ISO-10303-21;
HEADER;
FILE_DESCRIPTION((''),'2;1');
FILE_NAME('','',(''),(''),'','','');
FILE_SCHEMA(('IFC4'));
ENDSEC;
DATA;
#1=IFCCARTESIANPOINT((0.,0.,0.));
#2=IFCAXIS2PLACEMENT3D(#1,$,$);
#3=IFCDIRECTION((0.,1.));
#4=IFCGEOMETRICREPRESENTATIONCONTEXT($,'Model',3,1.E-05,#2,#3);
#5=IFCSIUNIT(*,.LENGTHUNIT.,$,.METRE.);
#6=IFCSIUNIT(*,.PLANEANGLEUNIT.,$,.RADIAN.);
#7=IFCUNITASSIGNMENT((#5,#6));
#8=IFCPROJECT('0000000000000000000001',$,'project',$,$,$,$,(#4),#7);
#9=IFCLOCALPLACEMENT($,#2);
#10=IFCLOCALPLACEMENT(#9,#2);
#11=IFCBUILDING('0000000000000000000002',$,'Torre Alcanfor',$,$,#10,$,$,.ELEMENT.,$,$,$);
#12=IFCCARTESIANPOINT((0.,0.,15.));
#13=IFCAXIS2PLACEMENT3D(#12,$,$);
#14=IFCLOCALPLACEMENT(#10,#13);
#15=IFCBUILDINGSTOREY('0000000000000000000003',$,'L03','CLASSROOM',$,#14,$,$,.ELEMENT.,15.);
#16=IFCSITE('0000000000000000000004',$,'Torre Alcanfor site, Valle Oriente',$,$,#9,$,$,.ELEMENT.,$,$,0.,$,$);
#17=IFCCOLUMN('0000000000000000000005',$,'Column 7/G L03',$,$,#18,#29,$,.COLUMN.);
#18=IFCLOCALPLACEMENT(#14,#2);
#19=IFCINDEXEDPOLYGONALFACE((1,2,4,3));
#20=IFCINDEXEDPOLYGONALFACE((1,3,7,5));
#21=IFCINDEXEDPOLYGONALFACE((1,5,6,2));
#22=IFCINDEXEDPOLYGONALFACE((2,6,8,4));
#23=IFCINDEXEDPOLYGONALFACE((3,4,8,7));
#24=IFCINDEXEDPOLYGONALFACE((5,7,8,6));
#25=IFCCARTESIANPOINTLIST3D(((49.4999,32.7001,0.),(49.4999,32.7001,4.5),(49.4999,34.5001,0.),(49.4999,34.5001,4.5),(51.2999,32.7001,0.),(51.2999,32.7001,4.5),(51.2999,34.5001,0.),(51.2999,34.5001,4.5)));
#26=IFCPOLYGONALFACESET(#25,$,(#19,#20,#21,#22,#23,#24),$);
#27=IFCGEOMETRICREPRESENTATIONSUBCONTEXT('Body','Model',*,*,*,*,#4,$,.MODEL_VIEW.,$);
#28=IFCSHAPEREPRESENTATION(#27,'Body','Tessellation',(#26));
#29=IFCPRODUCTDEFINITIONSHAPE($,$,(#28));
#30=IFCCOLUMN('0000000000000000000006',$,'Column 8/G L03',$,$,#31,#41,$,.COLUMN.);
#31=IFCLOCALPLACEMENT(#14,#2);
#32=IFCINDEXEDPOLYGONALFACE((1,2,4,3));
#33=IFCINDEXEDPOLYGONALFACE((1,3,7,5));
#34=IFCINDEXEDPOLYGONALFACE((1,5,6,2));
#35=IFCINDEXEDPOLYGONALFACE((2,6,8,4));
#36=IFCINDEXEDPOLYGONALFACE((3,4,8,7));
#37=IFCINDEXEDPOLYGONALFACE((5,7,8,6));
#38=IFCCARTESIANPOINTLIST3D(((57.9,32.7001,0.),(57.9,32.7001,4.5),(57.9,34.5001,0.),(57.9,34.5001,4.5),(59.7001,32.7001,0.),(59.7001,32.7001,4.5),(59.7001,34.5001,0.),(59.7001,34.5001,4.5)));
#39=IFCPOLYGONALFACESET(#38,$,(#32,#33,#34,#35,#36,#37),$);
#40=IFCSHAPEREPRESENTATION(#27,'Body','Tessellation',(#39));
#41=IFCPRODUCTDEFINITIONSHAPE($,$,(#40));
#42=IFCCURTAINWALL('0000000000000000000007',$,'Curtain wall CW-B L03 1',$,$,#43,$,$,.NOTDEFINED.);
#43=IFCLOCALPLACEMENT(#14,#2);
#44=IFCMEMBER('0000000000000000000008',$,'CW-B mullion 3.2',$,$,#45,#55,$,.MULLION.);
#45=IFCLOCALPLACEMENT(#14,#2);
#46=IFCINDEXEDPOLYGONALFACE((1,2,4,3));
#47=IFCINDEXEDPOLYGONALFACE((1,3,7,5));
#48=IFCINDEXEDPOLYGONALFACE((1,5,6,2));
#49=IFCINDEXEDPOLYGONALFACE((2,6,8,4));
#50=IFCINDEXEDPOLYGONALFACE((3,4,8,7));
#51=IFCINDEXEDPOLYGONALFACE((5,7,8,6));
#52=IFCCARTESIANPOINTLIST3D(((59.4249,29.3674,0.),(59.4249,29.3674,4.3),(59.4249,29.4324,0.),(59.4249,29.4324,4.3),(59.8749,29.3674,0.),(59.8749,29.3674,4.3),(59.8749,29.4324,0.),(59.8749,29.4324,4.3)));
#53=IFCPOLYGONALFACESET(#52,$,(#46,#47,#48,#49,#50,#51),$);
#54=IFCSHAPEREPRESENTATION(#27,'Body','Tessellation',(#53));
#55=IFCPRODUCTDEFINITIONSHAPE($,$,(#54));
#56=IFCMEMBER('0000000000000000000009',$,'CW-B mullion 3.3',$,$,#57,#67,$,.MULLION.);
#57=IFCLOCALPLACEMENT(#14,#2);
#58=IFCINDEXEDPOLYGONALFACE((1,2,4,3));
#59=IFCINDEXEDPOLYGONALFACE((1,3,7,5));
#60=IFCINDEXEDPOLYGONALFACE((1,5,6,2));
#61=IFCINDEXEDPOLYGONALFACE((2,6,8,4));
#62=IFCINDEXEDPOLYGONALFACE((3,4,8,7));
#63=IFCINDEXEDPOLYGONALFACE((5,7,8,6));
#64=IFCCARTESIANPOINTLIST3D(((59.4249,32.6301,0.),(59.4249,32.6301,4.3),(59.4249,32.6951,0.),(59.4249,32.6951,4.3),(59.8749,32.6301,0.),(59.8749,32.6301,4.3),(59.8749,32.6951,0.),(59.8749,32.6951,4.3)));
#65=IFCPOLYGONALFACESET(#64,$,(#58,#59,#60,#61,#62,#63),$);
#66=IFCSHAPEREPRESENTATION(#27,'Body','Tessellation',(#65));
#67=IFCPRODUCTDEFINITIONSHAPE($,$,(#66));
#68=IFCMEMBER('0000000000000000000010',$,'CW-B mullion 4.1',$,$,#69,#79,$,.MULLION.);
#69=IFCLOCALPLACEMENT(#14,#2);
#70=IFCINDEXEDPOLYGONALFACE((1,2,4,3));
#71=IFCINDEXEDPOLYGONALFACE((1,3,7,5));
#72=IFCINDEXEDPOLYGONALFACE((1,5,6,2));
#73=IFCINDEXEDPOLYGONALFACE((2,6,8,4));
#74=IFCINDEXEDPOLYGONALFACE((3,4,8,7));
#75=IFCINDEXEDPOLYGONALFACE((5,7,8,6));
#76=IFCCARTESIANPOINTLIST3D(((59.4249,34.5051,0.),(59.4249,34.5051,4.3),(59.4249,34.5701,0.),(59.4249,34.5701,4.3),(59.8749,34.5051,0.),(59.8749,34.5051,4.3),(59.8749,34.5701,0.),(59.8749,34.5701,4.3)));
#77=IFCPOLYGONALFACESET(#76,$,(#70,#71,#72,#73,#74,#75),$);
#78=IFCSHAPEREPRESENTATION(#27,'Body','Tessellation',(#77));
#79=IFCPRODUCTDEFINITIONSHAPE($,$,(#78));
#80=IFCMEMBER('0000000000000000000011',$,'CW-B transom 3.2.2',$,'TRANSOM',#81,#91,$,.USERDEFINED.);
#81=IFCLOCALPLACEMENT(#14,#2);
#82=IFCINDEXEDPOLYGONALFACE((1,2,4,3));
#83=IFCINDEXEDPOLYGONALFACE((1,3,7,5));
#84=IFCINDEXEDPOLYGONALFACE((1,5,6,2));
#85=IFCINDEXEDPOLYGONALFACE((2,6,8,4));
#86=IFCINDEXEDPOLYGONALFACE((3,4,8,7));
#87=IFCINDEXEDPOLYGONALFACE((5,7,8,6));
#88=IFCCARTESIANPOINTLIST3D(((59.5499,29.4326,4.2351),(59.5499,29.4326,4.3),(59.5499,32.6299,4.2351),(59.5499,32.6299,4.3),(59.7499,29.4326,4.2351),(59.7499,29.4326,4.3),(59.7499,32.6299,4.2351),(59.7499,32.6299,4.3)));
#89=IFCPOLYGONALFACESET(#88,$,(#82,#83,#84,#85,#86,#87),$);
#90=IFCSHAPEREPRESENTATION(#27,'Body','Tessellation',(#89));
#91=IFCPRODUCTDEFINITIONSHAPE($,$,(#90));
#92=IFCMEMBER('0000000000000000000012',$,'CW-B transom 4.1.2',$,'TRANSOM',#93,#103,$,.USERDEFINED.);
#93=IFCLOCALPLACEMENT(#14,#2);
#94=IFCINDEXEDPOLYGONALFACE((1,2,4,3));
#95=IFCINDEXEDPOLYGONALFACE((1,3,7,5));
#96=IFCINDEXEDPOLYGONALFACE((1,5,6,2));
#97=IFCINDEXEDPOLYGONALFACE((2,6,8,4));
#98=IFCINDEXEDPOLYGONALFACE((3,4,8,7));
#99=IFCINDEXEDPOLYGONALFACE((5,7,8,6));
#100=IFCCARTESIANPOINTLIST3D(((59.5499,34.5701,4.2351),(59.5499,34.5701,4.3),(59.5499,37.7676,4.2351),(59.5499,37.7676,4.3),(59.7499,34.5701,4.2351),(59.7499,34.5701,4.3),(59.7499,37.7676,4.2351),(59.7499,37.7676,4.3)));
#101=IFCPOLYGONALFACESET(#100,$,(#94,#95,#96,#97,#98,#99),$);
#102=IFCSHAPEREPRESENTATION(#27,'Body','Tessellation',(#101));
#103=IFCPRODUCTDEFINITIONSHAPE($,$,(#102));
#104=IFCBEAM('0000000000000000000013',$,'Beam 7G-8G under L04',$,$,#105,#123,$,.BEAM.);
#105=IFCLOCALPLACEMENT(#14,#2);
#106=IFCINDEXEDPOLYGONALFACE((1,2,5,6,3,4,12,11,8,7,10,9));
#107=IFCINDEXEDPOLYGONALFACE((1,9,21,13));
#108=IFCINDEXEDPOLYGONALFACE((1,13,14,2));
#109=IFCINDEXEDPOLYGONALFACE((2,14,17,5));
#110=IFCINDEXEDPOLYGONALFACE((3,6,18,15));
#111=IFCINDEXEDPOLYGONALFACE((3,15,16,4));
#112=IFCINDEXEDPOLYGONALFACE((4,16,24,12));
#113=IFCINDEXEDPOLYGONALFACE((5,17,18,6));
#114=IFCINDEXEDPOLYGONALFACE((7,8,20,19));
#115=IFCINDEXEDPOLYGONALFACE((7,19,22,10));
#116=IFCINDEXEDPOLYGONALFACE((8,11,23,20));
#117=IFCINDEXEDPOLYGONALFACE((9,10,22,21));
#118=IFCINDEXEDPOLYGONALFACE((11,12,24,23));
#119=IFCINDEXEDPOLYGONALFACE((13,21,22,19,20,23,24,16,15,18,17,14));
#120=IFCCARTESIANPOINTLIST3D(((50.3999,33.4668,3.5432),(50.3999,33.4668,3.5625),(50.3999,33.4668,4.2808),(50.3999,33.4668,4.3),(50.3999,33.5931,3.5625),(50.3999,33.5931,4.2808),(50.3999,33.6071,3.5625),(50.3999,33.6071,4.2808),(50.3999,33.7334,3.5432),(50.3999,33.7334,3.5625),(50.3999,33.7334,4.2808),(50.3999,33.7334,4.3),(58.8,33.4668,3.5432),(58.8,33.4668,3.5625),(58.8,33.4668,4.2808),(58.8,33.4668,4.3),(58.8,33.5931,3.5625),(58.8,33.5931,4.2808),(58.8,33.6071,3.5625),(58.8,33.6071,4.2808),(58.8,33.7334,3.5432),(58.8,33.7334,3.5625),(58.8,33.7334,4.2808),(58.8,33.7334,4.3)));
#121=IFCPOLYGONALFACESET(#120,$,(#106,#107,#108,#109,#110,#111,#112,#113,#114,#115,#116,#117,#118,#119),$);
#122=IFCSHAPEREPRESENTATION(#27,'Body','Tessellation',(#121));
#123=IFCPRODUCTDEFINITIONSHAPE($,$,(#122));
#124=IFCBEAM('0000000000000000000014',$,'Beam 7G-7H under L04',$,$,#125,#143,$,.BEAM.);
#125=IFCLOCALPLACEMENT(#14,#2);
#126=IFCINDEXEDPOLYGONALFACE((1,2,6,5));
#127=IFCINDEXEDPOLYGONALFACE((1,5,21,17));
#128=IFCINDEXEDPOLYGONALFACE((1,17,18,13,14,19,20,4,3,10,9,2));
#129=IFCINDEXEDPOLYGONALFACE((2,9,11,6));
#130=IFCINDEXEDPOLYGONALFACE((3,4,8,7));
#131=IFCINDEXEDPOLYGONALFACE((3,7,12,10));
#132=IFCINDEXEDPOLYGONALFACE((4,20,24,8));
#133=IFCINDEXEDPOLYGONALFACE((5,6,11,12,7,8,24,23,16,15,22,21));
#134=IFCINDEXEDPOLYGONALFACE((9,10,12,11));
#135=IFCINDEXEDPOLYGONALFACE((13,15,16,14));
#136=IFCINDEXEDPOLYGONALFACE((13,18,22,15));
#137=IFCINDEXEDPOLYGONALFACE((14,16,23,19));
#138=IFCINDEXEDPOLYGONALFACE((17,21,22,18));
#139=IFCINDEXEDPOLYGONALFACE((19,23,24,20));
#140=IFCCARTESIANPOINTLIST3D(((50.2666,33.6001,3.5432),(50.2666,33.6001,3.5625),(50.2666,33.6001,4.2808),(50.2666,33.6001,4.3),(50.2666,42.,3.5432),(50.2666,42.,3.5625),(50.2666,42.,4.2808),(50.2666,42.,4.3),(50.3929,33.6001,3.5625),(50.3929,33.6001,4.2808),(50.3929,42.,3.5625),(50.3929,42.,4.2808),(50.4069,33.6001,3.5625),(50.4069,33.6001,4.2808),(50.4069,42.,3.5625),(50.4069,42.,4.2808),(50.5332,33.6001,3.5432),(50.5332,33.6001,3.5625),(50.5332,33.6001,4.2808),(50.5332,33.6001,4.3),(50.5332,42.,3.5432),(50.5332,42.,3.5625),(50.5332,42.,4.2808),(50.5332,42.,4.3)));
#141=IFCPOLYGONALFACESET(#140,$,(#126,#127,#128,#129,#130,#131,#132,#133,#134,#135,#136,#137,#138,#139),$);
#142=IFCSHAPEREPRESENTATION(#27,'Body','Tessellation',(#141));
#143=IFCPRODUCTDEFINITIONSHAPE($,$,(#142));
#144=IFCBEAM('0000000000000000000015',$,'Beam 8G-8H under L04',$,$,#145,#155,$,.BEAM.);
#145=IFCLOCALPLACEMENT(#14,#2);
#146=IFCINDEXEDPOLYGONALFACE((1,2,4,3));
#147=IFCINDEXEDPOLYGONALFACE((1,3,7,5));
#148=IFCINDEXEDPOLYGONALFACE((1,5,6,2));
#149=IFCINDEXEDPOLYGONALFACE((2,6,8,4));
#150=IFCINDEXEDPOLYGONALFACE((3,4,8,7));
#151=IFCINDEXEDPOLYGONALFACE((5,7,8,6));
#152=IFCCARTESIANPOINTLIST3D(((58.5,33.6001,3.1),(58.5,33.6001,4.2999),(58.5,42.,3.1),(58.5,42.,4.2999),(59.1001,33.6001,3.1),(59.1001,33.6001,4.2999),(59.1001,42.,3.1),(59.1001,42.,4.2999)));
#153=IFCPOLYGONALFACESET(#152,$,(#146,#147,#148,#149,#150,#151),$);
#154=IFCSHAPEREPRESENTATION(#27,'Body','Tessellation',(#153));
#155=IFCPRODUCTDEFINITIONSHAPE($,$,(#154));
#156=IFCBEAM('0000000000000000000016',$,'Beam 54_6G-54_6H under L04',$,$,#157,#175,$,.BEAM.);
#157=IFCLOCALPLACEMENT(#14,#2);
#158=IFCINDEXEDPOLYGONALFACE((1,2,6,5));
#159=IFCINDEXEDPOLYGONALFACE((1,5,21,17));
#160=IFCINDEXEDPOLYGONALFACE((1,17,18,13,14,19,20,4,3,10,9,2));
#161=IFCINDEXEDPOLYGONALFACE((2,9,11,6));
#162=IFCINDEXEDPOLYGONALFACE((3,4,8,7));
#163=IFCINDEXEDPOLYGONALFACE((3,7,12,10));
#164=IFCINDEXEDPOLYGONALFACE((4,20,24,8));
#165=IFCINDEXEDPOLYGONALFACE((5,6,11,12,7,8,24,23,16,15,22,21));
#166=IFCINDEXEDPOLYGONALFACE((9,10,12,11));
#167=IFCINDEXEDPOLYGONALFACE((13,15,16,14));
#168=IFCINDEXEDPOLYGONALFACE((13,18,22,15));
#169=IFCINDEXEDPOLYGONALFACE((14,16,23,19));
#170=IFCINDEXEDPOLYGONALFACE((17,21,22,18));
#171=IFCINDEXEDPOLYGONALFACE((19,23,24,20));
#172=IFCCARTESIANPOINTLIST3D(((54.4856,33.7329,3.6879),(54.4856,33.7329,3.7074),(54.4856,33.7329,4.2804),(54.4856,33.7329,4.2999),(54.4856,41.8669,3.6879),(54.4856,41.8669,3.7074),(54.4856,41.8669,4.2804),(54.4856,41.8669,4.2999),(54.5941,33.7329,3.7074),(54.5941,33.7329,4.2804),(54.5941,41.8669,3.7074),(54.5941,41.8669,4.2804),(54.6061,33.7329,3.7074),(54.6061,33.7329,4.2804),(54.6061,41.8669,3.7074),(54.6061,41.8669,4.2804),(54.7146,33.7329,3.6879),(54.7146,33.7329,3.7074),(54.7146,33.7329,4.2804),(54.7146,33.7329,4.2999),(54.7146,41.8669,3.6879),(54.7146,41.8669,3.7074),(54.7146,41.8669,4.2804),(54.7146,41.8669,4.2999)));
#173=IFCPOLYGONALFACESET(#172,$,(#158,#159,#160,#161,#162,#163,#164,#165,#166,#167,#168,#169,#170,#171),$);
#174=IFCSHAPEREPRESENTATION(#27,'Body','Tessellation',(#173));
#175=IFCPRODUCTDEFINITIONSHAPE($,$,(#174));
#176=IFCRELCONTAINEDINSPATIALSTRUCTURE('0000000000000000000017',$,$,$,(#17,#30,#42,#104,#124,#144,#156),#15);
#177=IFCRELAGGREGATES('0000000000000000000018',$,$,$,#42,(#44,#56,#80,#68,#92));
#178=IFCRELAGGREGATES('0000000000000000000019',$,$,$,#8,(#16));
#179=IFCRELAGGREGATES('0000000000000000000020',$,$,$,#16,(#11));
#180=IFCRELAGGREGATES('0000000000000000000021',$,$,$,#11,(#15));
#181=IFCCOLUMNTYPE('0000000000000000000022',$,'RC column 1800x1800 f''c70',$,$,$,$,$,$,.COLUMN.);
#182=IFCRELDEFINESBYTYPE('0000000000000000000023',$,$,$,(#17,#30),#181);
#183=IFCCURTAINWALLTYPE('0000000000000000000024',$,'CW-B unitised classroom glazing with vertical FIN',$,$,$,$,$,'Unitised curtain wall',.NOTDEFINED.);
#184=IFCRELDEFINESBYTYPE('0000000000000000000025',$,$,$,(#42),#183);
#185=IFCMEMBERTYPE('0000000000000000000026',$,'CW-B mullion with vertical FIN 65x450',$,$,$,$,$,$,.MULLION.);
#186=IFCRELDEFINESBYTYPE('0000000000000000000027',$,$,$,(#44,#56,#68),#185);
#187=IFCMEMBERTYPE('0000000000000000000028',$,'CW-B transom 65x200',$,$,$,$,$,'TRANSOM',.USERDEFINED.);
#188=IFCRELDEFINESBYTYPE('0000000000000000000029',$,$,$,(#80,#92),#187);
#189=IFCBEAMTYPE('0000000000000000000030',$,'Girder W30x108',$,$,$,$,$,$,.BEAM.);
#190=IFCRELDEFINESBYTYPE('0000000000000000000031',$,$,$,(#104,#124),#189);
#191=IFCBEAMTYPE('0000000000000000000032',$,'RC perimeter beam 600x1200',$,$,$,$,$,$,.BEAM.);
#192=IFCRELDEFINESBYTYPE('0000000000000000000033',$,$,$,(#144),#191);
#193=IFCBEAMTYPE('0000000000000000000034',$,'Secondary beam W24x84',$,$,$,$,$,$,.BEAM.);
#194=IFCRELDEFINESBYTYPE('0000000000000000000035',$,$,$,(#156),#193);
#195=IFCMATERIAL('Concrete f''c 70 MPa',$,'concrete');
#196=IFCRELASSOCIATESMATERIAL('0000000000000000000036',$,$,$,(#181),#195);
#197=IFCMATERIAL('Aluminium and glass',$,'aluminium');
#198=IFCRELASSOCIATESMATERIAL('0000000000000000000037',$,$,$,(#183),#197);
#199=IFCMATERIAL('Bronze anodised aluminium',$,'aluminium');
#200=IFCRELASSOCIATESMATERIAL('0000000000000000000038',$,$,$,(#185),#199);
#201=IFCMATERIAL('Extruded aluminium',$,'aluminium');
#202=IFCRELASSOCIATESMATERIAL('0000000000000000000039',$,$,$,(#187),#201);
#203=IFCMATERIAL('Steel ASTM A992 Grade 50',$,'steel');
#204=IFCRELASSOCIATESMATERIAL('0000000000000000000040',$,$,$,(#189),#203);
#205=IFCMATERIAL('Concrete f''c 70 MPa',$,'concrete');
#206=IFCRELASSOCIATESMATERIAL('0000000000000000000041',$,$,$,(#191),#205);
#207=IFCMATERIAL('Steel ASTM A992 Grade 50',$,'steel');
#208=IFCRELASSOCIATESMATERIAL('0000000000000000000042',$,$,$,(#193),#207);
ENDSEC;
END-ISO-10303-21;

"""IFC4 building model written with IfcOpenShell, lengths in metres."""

from ifc_helpers import new_model, si_unit, direction, frame, origin, origin_2d, place, context, subcontext, project, spatial, rectangle, i_section, extrude, material, material_profile, profile_set, type_object, element, aggregate, save


model = new_model("IFC4")

# Units and contexts
model_context = context("Model", 3, precision=1e-05, world=origin(), true_north=direction((0.0, 1.0)))
body_context = subcontext(model_context, "Body", "Model", "MODEL_VIEW")
ifc_project = project(units=[si_unit("LENGTHUNIT", "METRE"), si_unit("PLANEANGLEUNIT", "RADIAN")], contexts=[model_context])

# Site, building, storey
site_placement = place(None, origin())
site = spatial("IfcSite", under=ifc_project, at=site_placement, Name="Torre Alcanfor site, Valle Oriente", CompositionType="ELEMENT", RefElevation=0.0)
building_placement = place(site_placement, origin())
building = spatial("IfcBuilding", under=site, at=building_placement, Name="Torre Alcanfor", CompositionType="ELEMENT")
storey_placement = place(building_placement, frame((0.0, 0.0, 15.0)))
storey = spatial("IfcBuildingStorey", under=building, at=storey_placement, Name="L03", Description="CLASSROOM", CompositionType="ELEMENT", Elevation=15.0)

# Columns
ifc_material_1 = material(Name="Concrete f'c 70 MPa", Category="concrete")
ifc_material_profile_1 = material_profile(ifc_material_1, rectangle(XDim=1.8, YDim=1.8, at=origin_2d()), Name="1800x1800")
ifc_profile_set_1 = profile_set([ifc_material_profile_1], Name="Concrete f'c 70 MPa")
column_type = type_object("IfcColumnType", Name="RC column 1800x1800 f'c70", PredefinedType="COLUMN", material=ifc_profile_set_1)
for number, where, z_axis, x_axis, name in (
    (1, (50.3999, 33.6001, 0.0), (0.0, 0.0, 1.0), (1.0, 0.0, 0.0), "Column 7/G L03"),
    (2, (58.8, 33.6001, 0.0), (0.0, 0.0, 1.0), (1.0, 0.0, 0.0), "Column 8/G L03"),
):
    element("IfcColumn", number, at=place(storey_placement, frame(where, z_axis=z_axis, x_axis=x_axis)), inside=storey, type_object=column_type, Name=name, PredefinedType="COLUMN", context=body_context, shape_type="SweptSolid", body=[
        extrude(rectangle(XDim=1.8, YDim=1.8, at=origin_2d()), origin(), (0.0, 0.0, 1.0), 4.5),
    ])

# Curtain wall, members
ifc_material_2 = material(Name="Aluminium and glass", Category="aluminium")
curtain_wall_type = type_object("IfcCurtainWallType", Name="CW-B unitised classroom glazing with vertical FIN", ElementType="Unitised curtain wall", PredefinedType="NOTDEFINED", material=ifc_material_2)
curtain_wall_placement = place(storey_placement, origin())
curtain_wall = element("IfcCurtainWall", 3, at=curtain_wall_placement, inside=storey, type_object=curtain_wall_type, Name="Curtain wall CW-B L03 1", PredefinedType="NOTDEFINED")
ifc_material_3 = material(Name="Bronze anodised aluminium", Category="aluminium")
ifc_material_profile_2 = material_profile(ifc_material_3, rectangle(XDim=0.45, YDim=0.0649, at=origin_2d()), Name="CW-B mullion 65x450")
ifc_profile_set_2 = profile_set([ifc_material_profile_2], Name="Bronze anodised aluminium")
member_type_1 = type_object("IfcMemberType", Name="CW-B mullion with vertical FIN 65x450", PredefinedType="MULLION", material=ifc_profile_set_2)
member_1_placement = place(storey_placement, frame((59.6499, 29.3999, 0.0), z_axis=(0.0, 0.0, 1.0), x_axis=(-1.0, 0.0, 0.0)))
member_1 = element("IfcMember", 4, at=member_1_placement, type_object=member_type_1, Name="CW-B mullion 3.2", PredefinedType="MULLION", context=body_context, shape_type="SweptSolid", body=[
    extrude(rectangle(XDim=0.45, YDim=0.0649, at=origin_2d()), origin(), (0.0, 0.0, 1.0), 4.3),
])
member_2_placement = place(storey_placement, frame((59.6499, 32.6626, 0.0), z_axis=(0.0, 0.0, 1.0), x_axis=(-1.0, 0.0, 0.0)))
member_2 = element("IfcMember", 5, at=member_2_placement, type_object=member_type_1, Name="CW-B mullion 3.3", PredefinedType="MULLION", context=body_context, shape_type="SweptSolid", body=[
    extrude(rectangle(XDim=0.45, YDim=0.0649, at=origin_2d()), origin(), (0.0, 0.0, 1.0), 4.3),
])
member_3_placement = place(storey_placement, frame((59.6499, 34.5376, 0.0), z_axis=(0.0, 0.0, 1.0), x_axis=(-1.0, 0.0, 0.0)))
member_3 = element("IfcMember", 6, at=member_3_placement, type_object=member_type_1, Name="CW-B mullion 4.1", PredefinedType="MULLION", context=body_context, shape_type="SweptSolid", body=[
    extrude(rectangle(XDim=0.45, YDim=0.0649, at=origin_2d()), origin(), (0.0, 0.0, 1.0), 4.3),
])
ifc_material_4 = material(Name="Extruded aluminium", Category="aluminium")
ifc_material_profile_3 = material_profile(ifc_material_4, rectangle(XDim=0.2, YDim=0.0649, at=origin_2d()), Name="CW-B transom 200x65")
ifc_profile_set_3 = profile_set([ifc_material_profile_3], Name="Extruded aluminium")
member_type_2 = type_object("IfcMemberType", Name="CW-B transom 65x200", ElementType="TRANSOM", PredefinedType="USERDEFINED", material=ifc_profile_set_3)
member_4_placement = place(storey_placement, frame((59.6499, 29.4326, 4.2676), z_axis=(0.0, 1.0, 0.0), x_axis=(-1.0, 0.0, 0.0)))
member_4 = element("IfcMember", 7, at=member_4_placement, type_object=member_type_2, Name="CW-B transom 3.2.2", ObjectType="TRANSOM", PredefinedType="USERDEFINED", context=body_context, shape_type="SweptSolid", body=[
    extrude(rectangle(XDim=0.2, YDim=0.0649, at=origin_2d()), origin(), (0.0, 0.0, 1.0), 3.1973),
])
member_5_placement = place(storey_placement, frame((59.6499, 34.5701, 4.2676), z_axis=(0.0, 1.0, 0.0), x_axis=(-1.0, 0.0, 0.0)))
member_5 = element("IfcMember", 8, at=member_5_placement, type_object=member_type_2, Name="CW-B transom 4.1.2", ObjectType="TRANSOM", PredefinedType="USERDEFINED", context=body_context, shape_type="SweptSolid", body=[
    extrude(rectangle(XDim=0.2, YDim=0.0649, at=origin_2d()), origin(), (0.0, 0.0, 1.0), 3.1975),
])

# Beams
ifc_material_5 = material(Name="Steel ASTM A992 Grade 50", Category="steel")
ifc_material_profile_4 = material_profile(ifc_material_5, i_section(OverallWidth=0.2666, OverallDepth=0.7568, WebThickness=0.0139, FlangeThickness=0.0193, at=origin_2d()), Name="W30x108")
ifc_profile_set_4 = profile_set([ifc_material_profile_4], Name="Steel ASTM A992 Grade 50")
beam_type_1 = type_object("IfcBeamType", Name="Girder W30x108", PredefinedType="BEAM", material=ifc_profile_set_4)
beam_1_placement = place(storey_placement, frame((50.3999, 33.6001, 3.9216), z_axis=(1.0, 0.0, 0.0), x_axis=(0.0, 1.0, 0.0)))
element("IfcBeam", 9, at=beam_1_placement, inside=storey, type_object=beam_type_1, Name="Beam 7G-8G under L04", PredefinedType="BEAM", context=body_context, shape_type="SweptSolid", body=[
    extrude(i_section(OverallWidth=0.2666, OverallDepth=0.7568, WebThickness=0.0139, FlangeThickness=0.0193, at=origin_2d()), origin(), (0.0, 0.0, 1.0), 8.4001),
])
beam_2_placement = place(storey_placement, frame((50.3999, 33.6001, 3.9216), z_axis=(0.0, 1.0, 0.0), x_axis=(-1.0, 0.0, 0.0)))
element("IfcBeam", 10, at=beam_2_placement, inside=storey, type_object=beam_type_1, Name="Beam 7G-7H under L04", PredefinedType="BEAM", context=body_context, shape_type="SweptSolid", body=[
    extrude(i_section(OverallWidth=0.2666, OverallDepth=0.7568, WebThickness=0.0139, FlangeThickness=0.0193, at=origin_2d()), origin(), (0.0, 0.0, 1.0), 8.3999),
])
ifc_material_6 = material(Name="Concrete f'c 70 MPa", Category="concrete")
ifc_material_profile_5 = material_profile(ifc_material_6, rectangle(XDim=0.6001, YDim=1.2, at=origin_2d()), Name="600x1200")
ifc_profile_set_5 = profile_set([ifc_material_profile_5], Name="Concrete f'c 70 MPa")
beam_type_2 = type_object("IfcBeamType", Name="RC perimeter beam 600x1200", PredefinedType="BEAM", material=ifc_profile_set_5)
beam_3_placement = place(storey_placement, frame((58.8, 33.6001, 3.7), z_axis=(0.0, 1.0, 0.0), x_axis=(-1.0, 0.0, 0.0)))
element("IfcBeam", 11, at=beam_3_placement, inside=storey, type_object=beam_type_2, Name="Beam 8G-8H under L04", PredefinedType="BEAM", context=body_context, shape_type="SweptSolid", body=[
    extrude(rectangle(XDim=0.6001, YDim=1.2, at=origin_2d()), origin(), (0.0, 0.0, 1.0), 8.3999),
])
ifc_material_7 = material(Name="Steel ASTM A992 Grade 50", Category="steel")
ifc_material_profile_6 = material_profile(ifc_material_7, i_section(OverallWidth=0.229, OverallDepth=0.6121, WebThickness=0.012, FlangeThickness=0.0195, at=origin_2d()), Name="W24x84")
ifc_profile_set_6 = profile_set([ifc_material_profile_6], Name="Steel ASTM A992 Grade 50")
beam_type_3 = type_object("IfcBeamType", Name="Secondary beam W24x84", PredefinedType="BEAM", material=ifc_profile_set_6)
beam_4_placement = place(storey_placement, frame((54.6001, 33.7329, 3.9939), z_axis=(0.0, 1.0, 0.0), x_axis=(-1.0, 0.0, 0.0)))
element("IfcBeam", 12, at=beam_4_placement, inside=storey, type_object=beam_type_3, Name="Beam 54_6G-54_6H under L04", PredefinedType="BEAM", context=body_context, shape_type="SweptSolid", body=[
    extrude(i_section(OverallWidth=0.229, OverallDepth=0.6121, WebThickness=0.012, FlangeThickness=0.0195, at=origin_2d()), origin(), (0.0, 0.0, 1.0), 8.134),
])

aggregate(curtain_wall, [member_1, member_2, member_4, member_3, member_5])

save(model, "model.ifc")
